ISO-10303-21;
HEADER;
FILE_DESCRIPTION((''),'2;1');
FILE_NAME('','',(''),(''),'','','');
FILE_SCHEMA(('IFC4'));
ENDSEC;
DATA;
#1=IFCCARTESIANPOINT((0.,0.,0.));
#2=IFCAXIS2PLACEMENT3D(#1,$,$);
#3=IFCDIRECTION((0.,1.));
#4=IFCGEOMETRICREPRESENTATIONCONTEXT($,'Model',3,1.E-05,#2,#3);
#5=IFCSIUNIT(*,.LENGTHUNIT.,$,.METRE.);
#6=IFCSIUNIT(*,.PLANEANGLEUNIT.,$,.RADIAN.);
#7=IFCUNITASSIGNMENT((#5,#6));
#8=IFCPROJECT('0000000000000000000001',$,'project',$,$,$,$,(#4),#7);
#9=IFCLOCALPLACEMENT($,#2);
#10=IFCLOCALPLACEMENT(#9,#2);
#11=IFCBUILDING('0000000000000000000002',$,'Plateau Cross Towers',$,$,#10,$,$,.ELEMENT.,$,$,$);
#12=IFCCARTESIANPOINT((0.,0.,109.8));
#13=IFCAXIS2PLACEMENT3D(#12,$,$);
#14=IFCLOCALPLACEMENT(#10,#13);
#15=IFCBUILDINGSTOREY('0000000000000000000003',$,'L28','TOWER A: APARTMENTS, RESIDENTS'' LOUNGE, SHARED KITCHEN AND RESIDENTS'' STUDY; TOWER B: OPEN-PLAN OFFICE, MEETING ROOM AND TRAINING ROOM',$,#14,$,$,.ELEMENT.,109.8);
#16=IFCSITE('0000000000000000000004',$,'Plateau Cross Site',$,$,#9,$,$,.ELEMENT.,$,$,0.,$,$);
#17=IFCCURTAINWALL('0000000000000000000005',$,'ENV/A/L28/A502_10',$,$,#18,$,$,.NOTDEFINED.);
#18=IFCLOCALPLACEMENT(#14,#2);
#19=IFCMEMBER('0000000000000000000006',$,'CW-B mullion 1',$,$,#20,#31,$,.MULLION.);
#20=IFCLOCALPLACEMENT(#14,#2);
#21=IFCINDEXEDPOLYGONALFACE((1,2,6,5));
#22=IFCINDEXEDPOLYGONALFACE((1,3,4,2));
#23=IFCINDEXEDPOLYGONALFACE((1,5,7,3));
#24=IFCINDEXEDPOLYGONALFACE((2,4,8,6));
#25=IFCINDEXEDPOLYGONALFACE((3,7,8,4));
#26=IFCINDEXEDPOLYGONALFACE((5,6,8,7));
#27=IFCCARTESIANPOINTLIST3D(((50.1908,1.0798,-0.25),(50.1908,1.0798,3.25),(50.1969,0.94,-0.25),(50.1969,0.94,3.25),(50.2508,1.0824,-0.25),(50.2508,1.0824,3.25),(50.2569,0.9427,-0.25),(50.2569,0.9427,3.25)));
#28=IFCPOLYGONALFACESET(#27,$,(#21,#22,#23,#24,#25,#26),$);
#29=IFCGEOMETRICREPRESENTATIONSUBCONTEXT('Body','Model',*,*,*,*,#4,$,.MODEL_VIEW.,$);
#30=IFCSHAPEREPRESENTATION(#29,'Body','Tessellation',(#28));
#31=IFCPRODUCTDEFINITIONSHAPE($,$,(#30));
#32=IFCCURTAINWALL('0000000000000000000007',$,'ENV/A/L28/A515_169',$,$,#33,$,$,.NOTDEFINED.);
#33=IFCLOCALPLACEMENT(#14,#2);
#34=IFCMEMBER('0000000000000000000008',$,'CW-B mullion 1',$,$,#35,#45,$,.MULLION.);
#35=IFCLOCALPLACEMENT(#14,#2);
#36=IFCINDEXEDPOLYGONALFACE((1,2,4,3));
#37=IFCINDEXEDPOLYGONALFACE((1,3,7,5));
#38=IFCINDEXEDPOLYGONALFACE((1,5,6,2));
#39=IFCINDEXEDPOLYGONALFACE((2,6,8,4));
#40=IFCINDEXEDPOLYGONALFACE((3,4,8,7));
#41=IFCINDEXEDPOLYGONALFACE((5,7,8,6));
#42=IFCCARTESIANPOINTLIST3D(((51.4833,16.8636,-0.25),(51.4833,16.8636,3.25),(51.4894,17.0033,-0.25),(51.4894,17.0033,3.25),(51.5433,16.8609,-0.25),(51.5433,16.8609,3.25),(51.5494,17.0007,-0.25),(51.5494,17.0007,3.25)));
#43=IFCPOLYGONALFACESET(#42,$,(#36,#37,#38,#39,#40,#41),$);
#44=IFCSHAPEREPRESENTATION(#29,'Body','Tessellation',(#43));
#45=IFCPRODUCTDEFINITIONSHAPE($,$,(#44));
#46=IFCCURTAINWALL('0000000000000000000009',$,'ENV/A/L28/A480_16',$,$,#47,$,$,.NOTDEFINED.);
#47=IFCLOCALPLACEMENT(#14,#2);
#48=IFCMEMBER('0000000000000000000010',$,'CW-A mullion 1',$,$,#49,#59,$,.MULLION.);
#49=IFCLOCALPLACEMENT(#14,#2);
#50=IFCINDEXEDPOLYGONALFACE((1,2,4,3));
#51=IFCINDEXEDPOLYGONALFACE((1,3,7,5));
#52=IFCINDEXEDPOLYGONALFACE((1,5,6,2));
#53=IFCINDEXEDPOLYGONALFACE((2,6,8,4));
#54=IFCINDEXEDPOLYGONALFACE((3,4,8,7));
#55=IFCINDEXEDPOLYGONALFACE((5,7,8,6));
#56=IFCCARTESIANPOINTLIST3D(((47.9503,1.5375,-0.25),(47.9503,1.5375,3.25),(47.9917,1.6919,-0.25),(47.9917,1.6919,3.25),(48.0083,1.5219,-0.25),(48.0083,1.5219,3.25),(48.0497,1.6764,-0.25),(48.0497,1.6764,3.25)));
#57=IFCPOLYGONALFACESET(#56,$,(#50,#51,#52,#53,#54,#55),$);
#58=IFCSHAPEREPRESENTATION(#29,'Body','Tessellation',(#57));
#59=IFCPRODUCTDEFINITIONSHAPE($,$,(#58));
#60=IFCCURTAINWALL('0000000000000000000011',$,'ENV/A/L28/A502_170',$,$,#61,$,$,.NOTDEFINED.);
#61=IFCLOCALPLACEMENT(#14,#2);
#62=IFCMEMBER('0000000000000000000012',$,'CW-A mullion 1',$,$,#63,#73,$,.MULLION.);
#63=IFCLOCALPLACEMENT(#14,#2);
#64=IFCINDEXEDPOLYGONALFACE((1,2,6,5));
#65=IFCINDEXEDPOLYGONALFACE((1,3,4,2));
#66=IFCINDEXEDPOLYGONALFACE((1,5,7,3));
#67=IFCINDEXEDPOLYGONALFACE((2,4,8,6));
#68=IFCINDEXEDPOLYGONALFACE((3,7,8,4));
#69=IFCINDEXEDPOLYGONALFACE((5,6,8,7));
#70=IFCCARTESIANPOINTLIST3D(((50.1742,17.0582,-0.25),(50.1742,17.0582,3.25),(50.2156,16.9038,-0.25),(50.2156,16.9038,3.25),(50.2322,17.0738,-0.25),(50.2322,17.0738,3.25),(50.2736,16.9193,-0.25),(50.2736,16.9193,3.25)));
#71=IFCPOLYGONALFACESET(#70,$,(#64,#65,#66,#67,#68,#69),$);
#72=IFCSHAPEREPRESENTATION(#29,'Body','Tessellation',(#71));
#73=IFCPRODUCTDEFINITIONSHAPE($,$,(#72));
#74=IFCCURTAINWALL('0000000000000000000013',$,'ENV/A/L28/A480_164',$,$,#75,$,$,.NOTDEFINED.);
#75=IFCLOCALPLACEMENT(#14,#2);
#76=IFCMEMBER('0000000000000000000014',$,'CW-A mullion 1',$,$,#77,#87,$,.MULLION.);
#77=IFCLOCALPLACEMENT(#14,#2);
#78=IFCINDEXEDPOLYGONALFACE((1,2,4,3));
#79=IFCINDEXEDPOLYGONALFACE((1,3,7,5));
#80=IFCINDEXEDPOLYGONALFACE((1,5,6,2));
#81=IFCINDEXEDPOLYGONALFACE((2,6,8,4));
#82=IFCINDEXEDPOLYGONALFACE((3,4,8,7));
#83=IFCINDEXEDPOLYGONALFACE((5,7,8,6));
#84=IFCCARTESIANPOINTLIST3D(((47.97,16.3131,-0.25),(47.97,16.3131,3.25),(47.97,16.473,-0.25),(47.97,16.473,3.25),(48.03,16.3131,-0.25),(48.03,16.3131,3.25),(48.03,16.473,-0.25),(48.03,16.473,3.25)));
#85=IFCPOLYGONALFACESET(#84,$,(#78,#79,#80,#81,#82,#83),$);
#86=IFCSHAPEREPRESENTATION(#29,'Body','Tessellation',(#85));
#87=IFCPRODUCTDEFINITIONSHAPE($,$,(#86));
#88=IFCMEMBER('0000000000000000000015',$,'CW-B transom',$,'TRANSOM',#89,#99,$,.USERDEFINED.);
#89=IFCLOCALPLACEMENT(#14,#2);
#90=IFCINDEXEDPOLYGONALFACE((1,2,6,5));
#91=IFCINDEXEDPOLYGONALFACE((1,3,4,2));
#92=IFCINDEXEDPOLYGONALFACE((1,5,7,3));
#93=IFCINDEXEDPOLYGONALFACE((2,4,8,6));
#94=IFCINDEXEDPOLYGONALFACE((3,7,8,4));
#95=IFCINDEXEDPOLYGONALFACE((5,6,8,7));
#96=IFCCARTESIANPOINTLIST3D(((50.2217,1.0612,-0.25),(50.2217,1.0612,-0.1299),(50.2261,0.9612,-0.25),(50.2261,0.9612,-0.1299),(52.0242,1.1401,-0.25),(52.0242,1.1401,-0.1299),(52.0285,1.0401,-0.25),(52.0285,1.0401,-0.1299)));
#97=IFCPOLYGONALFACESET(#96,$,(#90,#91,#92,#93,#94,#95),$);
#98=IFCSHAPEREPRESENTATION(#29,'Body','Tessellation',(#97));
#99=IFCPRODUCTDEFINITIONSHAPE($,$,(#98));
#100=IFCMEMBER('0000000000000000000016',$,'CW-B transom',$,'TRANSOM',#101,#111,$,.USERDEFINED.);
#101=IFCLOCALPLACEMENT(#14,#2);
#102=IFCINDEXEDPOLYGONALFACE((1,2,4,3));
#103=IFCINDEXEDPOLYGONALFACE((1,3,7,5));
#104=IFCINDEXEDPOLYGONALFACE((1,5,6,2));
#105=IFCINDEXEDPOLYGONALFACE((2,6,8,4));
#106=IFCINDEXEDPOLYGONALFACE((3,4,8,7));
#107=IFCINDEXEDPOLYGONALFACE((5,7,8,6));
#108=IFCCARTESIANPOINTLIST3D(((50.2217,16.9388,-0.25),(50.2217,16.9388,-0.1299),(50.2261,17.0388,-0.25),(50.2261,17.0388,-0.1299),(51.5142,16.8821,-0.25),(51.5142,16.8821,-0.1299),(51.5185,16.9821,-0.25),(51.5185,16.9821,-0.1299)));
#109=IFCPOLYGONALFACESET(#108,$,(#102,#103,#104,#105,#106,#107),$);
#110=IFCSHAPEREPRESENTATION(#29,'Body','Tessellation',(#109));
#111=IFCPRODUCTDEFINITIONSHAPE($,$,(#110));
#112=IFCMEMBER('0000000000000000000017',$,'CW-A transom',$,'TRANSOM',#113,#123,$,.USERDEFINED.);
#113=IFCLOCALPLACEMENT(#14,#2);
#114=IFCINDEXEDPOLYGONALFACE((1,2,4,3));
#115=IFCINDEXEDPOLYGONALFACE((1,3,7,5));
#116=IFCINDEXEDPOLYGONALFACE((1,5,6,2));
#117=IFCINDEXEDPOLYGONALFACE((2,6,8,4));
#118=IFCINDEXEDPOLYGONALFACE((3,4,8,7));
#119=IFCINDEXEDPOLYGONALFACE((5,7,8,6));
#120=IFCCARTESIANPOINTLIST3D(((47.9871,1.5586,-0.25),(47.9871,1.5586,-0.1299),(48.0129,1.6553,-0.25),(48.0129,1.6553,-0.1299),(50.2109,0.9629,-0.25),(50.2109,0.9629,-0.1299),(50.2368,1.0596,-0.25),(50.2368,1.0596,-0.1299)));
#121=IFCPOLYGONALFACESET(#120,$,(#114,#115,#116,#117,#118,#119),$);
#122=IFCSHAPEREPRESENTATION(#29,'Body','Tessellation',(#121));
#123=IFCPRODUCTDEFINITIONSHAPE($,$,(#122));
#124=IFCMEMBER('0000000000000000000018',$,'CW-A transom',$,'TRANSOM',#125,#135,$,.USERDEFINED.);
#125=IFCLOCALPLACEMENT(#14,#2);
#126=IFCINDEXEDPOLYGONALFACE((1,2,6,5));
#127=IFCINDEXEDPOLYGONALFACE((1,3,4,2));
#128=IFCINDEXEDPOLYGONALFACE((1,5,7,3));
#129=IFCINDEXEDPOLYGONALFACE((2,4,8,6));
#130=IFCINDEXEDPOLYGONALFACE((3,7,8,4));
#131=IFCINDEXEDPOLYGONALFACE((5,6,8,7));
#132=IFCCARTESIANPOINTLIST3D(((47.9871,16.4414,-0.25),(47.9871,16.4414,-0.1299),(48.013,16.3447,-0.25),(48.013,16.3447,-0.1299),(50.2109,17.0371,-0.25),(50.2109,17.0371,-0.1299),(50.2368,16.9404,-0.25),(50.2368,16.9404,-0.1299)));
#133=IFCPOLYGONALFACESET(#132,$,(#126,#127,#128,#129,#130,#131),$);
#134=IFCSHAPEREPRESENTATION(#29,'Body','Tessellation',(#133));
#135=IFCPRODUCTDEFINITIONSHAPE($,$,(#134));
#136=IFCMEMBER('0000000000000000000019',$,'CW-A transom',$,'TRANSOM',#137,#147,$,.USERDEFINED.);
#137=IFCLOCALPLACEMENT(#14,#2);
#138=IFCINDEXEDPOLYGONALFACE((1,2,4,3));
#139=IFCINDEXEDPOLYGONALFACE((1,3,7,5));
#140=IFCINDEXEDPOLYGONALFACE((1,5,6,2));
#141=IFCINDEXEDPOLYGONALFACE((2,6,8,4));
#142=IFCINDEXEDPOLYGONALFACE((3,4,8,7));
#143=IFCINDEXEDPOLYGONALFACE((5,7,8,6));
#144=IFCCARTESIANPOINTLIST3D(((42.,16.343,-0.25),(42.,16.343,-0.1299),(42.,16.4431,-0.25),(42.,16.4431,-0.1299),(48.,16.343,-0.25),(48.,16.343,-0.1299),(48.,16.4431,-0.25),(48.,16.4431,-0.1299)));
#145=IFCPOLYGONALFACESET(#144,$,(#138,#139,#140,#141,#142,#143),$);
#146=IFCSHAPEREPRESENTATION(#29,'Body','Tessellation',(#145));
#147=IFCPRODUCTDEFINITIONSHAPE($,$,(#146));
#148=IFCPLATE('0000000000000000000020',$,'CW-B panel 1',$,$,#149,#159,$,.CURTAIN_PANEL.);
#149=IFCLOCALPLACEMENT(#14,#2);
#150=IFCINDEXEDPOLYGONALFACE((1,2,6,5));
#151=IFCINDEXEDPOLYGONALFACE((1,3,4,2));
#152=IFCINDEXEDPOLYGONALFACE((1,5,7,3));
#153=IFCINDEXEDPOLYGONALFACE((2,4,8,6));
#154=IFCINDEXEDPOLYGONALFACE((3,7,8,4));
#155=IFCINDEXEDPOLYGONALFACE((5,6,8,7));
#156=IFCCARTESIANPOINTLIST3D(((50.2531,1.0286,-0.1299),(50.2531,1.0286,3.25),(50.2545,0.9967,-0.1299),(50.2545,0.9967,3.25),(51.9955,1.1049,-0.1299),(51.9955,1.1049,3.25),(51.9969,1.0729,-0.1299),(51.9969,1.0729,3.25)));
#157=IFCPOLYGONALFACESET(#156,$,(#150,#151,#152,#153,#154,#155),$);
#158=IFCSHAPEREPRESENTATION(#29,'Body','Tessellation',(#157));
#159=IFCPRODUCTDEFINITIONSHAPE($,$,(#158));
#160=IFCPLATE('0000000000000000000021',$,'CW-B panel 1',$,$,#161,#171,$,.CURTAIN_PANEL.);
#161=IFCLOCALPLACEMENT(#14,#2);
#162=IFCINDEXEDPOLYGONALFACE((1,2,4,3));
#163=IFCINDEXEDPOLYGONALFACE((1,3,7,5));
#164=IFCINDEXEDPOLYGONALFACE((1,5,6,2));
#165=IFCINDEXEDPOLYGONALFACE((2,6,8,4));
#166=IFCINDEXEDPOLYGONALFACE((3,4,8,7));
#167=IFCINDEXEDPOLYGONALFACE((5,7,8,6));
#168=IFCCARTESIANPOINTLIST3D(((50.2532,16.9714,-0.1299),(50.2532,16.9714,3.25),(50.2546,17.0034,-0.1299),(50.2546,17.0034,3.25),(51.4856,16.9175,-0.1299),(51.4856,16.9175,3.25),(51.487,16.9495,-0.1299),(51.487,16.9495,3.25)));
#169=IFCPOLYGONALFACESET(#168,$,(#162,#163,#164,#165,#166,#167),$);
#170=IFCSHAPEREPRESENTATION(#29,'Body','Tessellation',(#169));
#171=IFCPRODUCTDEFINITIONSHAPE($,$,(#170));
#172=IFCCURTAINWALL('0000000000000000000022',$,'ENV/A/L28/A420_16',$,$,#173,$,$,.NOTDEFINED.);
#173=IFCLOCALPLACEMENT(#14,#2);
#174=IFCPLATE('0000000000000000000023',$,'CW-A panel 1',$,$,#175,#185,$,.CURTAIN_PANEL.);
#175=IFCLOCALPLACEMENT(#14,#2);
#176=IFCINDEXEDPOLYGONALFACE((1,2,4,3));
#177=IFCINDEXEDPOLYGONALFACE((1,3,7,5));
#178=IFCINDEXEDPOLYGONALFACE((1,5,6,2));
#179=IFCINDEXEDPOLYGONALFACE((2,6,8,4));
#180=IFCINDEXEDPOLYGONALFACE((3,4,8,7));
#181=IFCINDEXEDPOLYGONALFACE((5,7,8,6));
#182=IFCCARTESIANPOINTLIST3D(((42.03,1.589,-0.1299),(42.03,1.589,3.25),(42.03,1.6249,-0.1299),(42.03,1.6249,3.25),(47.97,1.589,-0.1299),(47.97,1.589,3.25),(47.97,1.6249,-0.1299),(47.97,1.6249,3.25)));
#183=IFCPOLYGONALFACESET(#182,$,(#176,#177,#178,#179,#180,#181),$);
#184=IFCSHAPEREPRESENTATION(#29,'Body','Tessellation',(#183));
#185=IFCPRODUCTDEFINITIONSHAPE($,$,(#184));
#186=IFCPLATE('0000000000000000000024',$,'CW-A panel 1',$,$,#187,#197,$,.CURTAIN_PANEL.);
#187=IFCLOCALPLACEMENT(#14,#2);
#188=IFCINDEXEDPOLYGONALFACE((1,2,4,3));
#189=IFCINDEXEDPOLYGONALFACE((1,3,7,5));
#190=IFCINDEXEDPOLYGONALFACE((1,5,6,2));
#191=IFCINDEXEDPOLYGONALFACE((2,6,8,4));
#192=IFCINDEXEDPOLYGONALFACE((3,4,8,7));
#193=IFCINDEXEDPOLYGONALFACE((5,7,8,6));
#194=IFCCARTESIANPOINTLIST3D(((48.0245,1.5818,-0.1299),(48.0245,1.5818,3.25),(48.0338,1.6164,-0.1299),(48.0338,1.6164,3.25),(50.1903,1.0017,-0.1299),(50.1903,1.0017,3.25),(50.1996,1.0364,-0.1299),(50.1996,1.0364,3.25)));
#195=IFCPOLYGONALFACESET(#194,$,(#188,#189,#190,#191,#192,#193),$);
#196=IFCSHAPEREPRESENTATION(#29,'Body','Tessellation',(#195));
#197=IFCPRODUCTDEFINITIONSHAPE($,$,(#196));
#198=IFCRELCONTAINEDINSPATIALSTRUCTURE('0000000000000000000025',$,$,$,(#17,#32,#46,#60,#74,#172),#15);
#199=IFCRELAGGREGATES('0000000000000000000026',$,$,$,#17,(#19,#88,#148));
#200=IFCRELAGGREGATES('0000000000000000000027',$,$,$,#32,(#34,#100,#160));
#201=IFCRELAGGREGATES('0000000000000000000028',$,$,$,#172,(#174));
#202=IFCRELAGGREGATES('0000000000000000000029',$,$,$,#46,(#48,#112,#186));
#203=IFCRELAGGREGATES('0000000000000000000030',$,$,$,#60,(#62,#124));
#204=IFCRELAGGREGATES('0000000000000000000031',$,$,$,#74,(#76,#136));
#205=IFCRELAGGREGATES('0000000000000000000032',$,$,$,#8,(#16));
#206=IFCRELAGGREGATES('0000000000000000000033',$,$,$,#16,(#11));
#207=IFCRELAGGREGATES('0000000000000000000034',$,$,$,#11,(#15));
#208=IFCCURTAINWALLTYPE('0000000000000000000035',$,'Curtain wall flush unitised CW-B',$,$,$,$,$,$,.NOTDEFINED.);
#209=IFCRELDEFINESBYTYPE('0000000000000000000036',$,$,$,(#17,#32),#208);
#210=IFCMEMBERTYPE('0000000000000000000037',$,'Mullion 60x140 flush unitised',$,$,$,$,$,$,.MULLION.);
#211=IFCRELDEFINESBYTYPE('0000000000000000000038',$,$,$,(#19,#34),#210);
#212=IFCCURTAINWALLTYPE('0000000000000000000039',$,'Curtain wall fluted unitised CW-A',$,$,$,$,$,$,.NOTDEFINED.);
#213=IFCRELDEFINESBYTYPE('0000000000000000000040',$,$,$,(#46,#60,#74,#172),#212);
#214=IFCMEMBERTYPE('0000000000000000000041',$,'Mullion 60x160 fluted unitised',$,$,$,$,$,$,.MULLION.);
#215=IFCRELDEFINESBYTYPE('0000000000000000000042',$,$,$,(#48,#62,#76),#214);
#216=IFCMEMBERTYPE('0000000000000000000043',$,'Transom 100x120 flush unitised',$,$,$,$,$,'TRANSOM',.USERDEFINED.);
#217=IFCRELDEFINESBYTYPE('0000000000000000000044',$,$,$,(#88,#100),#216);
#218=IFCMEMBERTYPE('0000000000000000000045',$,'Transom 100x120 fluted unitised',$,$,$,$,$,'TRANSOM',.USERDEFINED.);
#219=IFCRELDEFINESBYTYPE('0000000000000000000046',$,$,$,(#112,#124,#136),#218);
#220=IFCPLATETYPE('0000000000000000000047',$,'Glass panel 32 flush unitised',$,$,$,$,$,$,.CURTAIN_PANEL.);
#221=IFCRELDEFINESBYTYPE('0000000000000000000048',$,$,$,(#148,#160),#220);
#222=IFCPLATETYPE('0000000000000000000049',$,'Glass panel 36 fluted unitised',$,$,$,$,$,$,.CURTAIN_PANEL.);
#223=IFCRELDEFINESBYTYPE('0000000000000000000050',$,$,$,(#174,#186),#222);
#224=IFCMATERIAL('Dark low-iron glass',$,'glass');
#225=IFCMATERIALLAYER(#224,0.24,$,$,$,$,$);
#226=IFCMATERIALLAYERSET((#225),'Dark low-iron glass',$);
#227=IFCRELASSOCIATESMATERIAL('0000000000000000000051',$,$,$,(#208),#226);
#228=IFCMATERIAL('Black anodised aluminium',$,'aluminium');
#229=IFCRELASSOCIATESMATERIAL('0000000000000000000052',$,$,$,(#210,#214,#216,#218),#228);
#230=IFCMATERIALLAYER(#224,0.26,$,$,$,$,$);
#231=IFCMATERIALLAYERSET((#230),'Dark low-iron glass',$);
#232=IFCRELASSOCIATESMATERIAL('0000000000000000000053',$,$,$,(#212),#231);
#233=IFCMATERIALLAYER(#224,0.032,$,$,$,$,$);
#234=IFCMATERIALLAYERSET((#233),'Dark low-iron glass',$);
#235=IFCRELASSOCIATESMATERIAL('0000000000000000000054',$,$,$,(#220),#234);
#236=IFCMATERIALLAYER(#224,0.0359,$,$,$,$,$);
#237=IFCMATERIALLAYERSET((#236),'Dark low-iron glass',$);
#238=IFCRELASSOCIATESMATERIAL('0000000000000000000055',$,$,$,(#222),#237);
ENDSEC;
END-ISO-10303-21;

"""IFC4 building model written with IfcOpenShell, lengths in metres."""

from ifc_helpers import new_model, si_unit, direction, frame, origin, origin_2d, place, context, subcontext, project, spatial, rectangle, extrude, material, layer, layer_set, material_profile, profile_set, type_object, element, aggregate, save


model = new_model("IFC4")

# Units and contexts
model_context = context("Model", 3, precision=1e-05, world=origin(), true_north=direction((0.0, 1.0)))
body_context = subcontext(model_context, "Body", "Model", "MODEL_VIEW")
ifc_project = project(units=[si_unit("LENGTHUNIT", "METRE"), si_unit("PLANEANGLEUNIT", "RADIAN")], contexts=[model_context])

# Site, building, storey
site_placement = place(None, origin())
site = spatial("IfcSite", under=ifc_project, at=site_placement, Name="Plateau Cross Site", CompositionType="ELEMENT", RefElevation=0.0)
building_placement = place(site_placement, origin())
building = spatial("IfcBuilding", under=site, at=building_placement, Name="Plateau Cross Towers", CompositionType="ELEMENT")
storey_placement = place(building_placement, frame((0.0, 0.0, 109.8)))
storey = spatial("IfcBuildingStorey", under=building, at=storey_placement, Name="L28", Description="TOWER A: APARTMENTS, RESIDENTS' LOUNGE, SHARED KITCHEN AND RESIDENTS' STUDY; TOWER B: OPEN-PLAN OFFICE, MEETING ROOM AND TRAINING ROOM", CompositionType="ELEMENT", Elevation=109.8)

# Curtain walls, members
ifc_material_1 = material(Name="Dark low-iron glass", Category="glass")
ifc_layer_1 = layer(ifc_material_1, 0.24)
ifc_layer_set_1 = layer_set([ifc_layer_1], Name="Dark low-iron glass")
curtain_wall_type_1 = type_object("IfcCurtainWallType", Name="Curtain wall flush unitised CW-B", PredefinedType="NOTDEFINED", material=ifc_layer_set_1)
curtain_wall_1_placement = place(storey_placement, origin())
curtain_wall_1 = element("IfcCurtainWall", 1, at=curtain_wall_1_placement, inside=storey, type_object=curtain_wall_type_1, Name="ENV/A/L28/A502_10", PredefinedType="NOTDEFINED")
ifc_material_2 = material(Name="Black anodised aluminium", Category="aluminium")
ifc_material_profile_1 = material_profile(ifc_material_2, rectangle(XDim=0.0601, YDim=0.1399, at=origin_2d()), Name="MULLION 60x140")
ifc_profile_set_1 = profile_set([ifc_material_profile_1], Name="Black anodised aluminium")
member_type_1 = type_object("IfcMemberType", Name="Mullion 60x140 flush unitised", PredefinedType="MULLION", material=ifc_profile_set_1)
member_1_placement = place(storey_placement, frame((50.2239, 1.0112, -0.25), z_axis=(0.0, 0.0, 1.0), x_axis=(0.999044, 0.043723, 0.0)))
member_1 = element("IfcMember", 2, at=member_1_placement, type_object=member_type_1, Name="CW-B mullion 1", PredefinedType="MULLION", context=body_context, shape_type="SweptSolid", body=[
    extrude(rectangle(XDim=0.0601, YDim=0.1399, at=origin_2d()), origin(), (0.0, 0.0, 1.0), 3.5),
])
curtain_wall_2_placement = place(storey_placement, origin())
curtain_wall_2 = element("IfcCurtainWall", 3, at=curtain_wall_2_placement, inside=storey, type_object=curtain_wall_type_1, Name="ENV/A/L28/A515_169", PredefinedType="NOTDEFINED")
member_2_placement = place(storey_placement, frame((51.5164, 16.9321, -0.25), z_axis=(0.0, 0.0, 1.0), x_axis=(-0.999044, 0.043723, 0.0)))
member_2 = element("IfcMember", 4, at=member_2_placement, type_object=member_type_1, Name="CW-B mullion 1", PredefinedType="MULLION", context=body_context, shape_type="SweptSolid", body=[
    extrude(rectangle(XDim=0.0601, YDim=0.1399, at=origin_2d()), origin(), (0.0, 0.0, 1.0), 3.5),
])
ifc_layer_2 = layer(ifc_material_1, 0.26)
ifc_layer_set_2 = layer_set([ifc_layer_2], Name="Dark low-iron glass")
curtain_wall_type_2 = type_object("IfcCurtainWallType", Name="Curtain wall fluted unitised CW-A", PredefinedType="NOTDEFINED", material=ifc_layer_set_2)
curtain_wall_3_placement = place(storey_placement, origin())
curtain_wall_3 = element("IfcCurtainWall", 5, at=curtain_wall_3_placement, inside=storey, type_object=curtain_wall_type_2, Name="ENV/A/L28/A480_16", PredefinedType="NOTDEFINED")
ifc_material_profile_2 = material_profile(ifc_material_2, rectangle(XDim=0.0601, YDim=0.1599, at=origin_2d()), Name="MULLION 60x160")
ifc_profile_set_2 = profile_set([ifc_material_profile_2], Name="Black anodised aluminium")
member_type_2 = type_object("IfcMemberType", Name="Mullion 60x160 fluted unitised", PredefinedType="MULLION", material=ifc_profile_set_2)
member_3_placement = place(storey_placement, frame((48.0, 1.6069, -0.25), z_axis=(0.0, 0.0, 1.0), x_axis=(0.965958, -0.258699, 0.0)))
member_3 = element("IfcMember", 6, at=member_3_placement, type_object=member_type_2, Name="CW-A mullion 1", PredefinedType="MULLION", context=body_context, shape_type="SweptSolid", body=[
    extrude(rectangle(XDim=0.0601, YDim=0.1599, at=origin_2d()), origin(), (0.0, 0.0, 1.0), 3.5),
])
curtain_wall_4_placement = place(storey_placement, origin())
curtain_wall_4 = element("IfcCurtainWall", 7, at=curtain_wall_4_placement, inside=storey, type_object=curtain_wall_type_2, Name="ENV/A/L28/A502_170", PredefinedType="NOTDEFINED")
member_4_placement = place(storey_placement, frame((50.2239, 16.9888, -0.25), z_axis=(0.0, 0.0, 1.0), x_axis=(-0.965958, -0.258699, 0.0)))
member_4 = element("IfcMember", 8, at=member_4_placement, type_object=member_type_2, Name="CW-A mullion 1", PredefinedType="MULLION", context=body_context, shape_type="SweptSolid", body=[
    extrude(rectangle(XDim=0.0601, YDim=0.1599, at=origin_2d()), origin(), (0.0, 0.0, 1.0), 3.5),
])
curtain_wall_5_placement = place(storey_placement, origin())
curtain_wall_5 = element("IfcCurtainWall", 9, at=curtain_wall_5_placement, inside=storey, type_object=curtain_wall_type_2, Name="ENV/A/L28/A480_164", PredefinedType="NOTDEFINED")
member_5_placement = place(storey_placement, frame((48.0, 16.3931, -0.25), z_axis=(0.0, 0.0, 1.0), x_axis=(-1.0, 0.0, 0.0)))
member_5 = element("IfcMember", 10, at=member_5_placement, type_object=member_type_2, Name="CW-A mullion 1", PredefinedType="MULLION", context=body_context, shape_type="SweptSolid", body=[
    extrude(rectangle(XDim=0.0601, YDim=0.1599, at=origin_2d()), origin(), (0.0, 0.0, 1.0), 3.5),
])

# Members
ifc_material_profile_3 = material_profile(ifc_material_2, rectangle(XDim=0.1001, YDim=0.1201, at=origin_2d()), Name="TRANSOM 100x120")
ifc_profile_set_3 = profile_set([ifc_material_profile_3], Name="Black anodised aluminium")
member_type_3 = type_object("IfcMemberType", Name="Transom 100x120 flush unitised", ElementType="TRANSOM", PredefinedType="USERDEFINED", material=ifc_profile_set_3)
member_6_placement = place(storey_placement, frame((50.2239, 1.0112, -0.1899), z_axis=(0.999044, 0.043707, 0.0), x_axis=(-0.043707, 0.999044, 0.0)))
member_6 = element("IfcMember", 11, at=member_6_placement, type_object=member_type_3, Name="CW-B transom", ObjectType="TRANSOM", PredefinedType="USERDEFINED", context=body_context, shape_type="SweptSolid", body=[
    extrude(rectangle(XDim=0.1001, YDim=0.1201, at=origin_2d()), origin(), (0.0, 0.0, 1.0), 1.8042),
])
member_7_placement = place(storey_placement, frame((51.5164, 16.9321, -0.1899), z_axis=(-0.999041, 0.043781, 0.0), x_axis=(-0.043781, -0.999041, 0.0)))
member_7 = element("IfcMember", 12, at=member_7_placement, type_object=member_type_3, Name="CW-B transom", ObjectType="TRANSOM", PredefinedType="USERDEFINED", context=body_context, shape_type="SweptSolid", body=[
    extrude(rectangle(XDim=0.1001, YDim=0.1201, at=origin_2d()), origin(), (0.0, 0.0, 1.0), 1.2937),
])
ifc_material_profile_4 = material_profile(ifc_material_2, rectangle(XDim=0.1001, YDim=0.1201, at=origin_2d()), Name="TRANSOM 100x120")
ifc_profile_set_4 = profile_set([ifc_material_profile_4], Name="Black anodised aluminium")
member_type_4 = type_object("IfcMemberType", Name="Transom 100x120 fluted unitised", ElementType="TRANSOM", PredefinedType="USERDEFINED", material=ifc_profile_set_4)
member_8_placement = place(storey_placement, frame((48.0, 1.6069, -0.1899), z_axis=(0.965946, -0.258745, 0.0), x_axis=(0.258745, 0.965946, 0.0)))
member_8 = element("IfcMember", 13, at=member_8_placement, type_object=member_type_4, Name="CW-A transom", ObjectType="TRANSOM", PredefinedType="USERDEFINED", context=body_context, shape_type="SweptSolid", body=[
    extrude(rectangle(XDim=0.1001, YDim=0.1201, at=origin_2d()), origin(), (0.0, 0.0, 1.0), 2.3022),
])
member_9_placement = place(storey_placement, frame((50.2239, 16.9888, -0.1899), z_axis=(-0.965946, -0.258745, 0.0), x_axis=(0.258745, -0.965946, 0.0)))
member_9 = element("IfcMember", 14, at=member_9_placement, type_object=member_type_4, Name="CW-A transom", ObjectType="TRANSOM", PredefinedType="USERDEFINED", context=body_context, shape_type="SweptSolid", body=[
    extrude(rectangle(XDim=0.1001, YDim=0.1201, at=origin_2d()), origin(), (0.0, 0.0, 1.0), 2.3022),
])
member_10_placement = place(storey_placement, frame((48.0, 16.3931, -0.1899), z_axis=(-1.0, 0.0, 0.0), x_axis=(0.0, -1.0, 0.0)))
member_10 = element("IfcMember", 15, at=member_10_placement, type_object=member_type_4, Name="CW-A transom", ObjectType="TRANSOM", PredefinedType="USERDEFINED", context=body_context, shape_type="SweptSolid", body=[
    extrude(rectangle(XDim=0.1001, YDim=0.1201, at=origin_2d()), origin(), (0.0, 0.0, 1.0), 6.0),
])

# Plates
ifc_layer_3 = layer(ifc_material_1, 0.032)
ifc_layer_set_3 = layer_set([ifc_layer_3], Name="Dark low-iron glass")
plate_type_1 = type_object("IfcPlateType", Name="Glass panel 32 flush unitised", PredefinedType="CURTAIN_PANEL", material=ifc_layer_set_3)
plate_1_placement = place(storey_placement, frame((51.125, 1.0508, -0.1299), z_axis=(0.0, 0.0, 1.0), x_axis=(0.999044, 0.043723, 0.0)))
plate_1 = element("IfcPlate", 16, at=plate_1_placement, type_object=plate_type_1, Name="CW-B panel 1", PredefinedType="CURTAIN_PANEL", context=body_context, shape_type="SweptSolid", body=[
    extrude(rectangle(XDim=1.7441, YDim=0.032, at=origin_2d()), origin(), (0.0, 0.0, 1.0), 3.3799),
])
aggregate(curtain_wall_1, [member_1, member_6, plate_1])
plate_2_placement = place(storey_placement, frame((50.8701, 16.9604, -0.1299), z_axis=(0.0, 0.0, 1.0), x_axis=(-0.999044, 0.043723, 0.0)))
plate_2 = element("IfcPlate", 17, at=plate_2_placement, type_object=plate_type_1, Name="CW-B panel 1", PredefinedType="CURTAIN_PANEL", context=body_context, shape_type="SweptSolid", body=[
    extrude(rectangle(XDim=1.2336, YDim=0.032, at=origin_2d()), origin(), (0.0, 0.0, 1.0), 3.3799),
])
aggregate(curtain_wall_2, [member_2, member_7, plate_2])

# Curtain wall, plate
curtain_wall_6_placement = place(storey_placement, origin())
curtain_wall_6 = element("IfcCurtainWall", 18, at=curtain_wall_6_placement, inside=storey, type_object=curtain_wall_type_2, Name="ENV/A/L28/A420_16", PredefinedType="NOTDEFINED")
ifc_layer_4 = layer(ifc_material_1, 0.0359)
ifc_layer_set_4 = layer_set([ifc_layer_4], Name="Dark low-iron glass")
plate_type_2 = type_object("IfcPlateType", Name="Glass panel 36 fluted unitised", PredefinedType="CURTAIN_PANEL", material=ifc_layer_set_4)
plate_3_placement = place(storey_placement, frame((45.0, 1.6069, -0.1299), z_axis=(0.0, 0.0, 1.0), x_axis=(1.0, 0.0, 0.0)))
plate_3 = element("IfcPlate", 19, at=plate_3_placement, type_object=plate_type_2, Name="CW-A panel 1", PredefinedType="CURTAIN_PANEL", context=body_context, shape_type="SweptSolid", body=[
    extrude(rectangle(XDim=5.9399, YDim=0.0359, at=origin_2d()), origin(), (0.0, 0.0, 1.0), 3.3799),
])
aggregate(curtain_wall_6, [plate_3])

# Plate
plate_4_placement = place(storey_placement, frame((49.1121, 1.3091, -0.1299), z_axis=(0.0, 0.0, 1.0), x_axis=(0.965958, -0.258699, 0.0)))
plate_4 = element("IfcPlate", 20, at=plate_4_placement, type_object=plate_type_2, Name="CW-A panel 1", PredefinedType="CURTAIN_PANEL", context=body_context, shape_type="SweptSolid", body=[
    extrude(rectangle(XDim=2.2422, YDim=0.0359, at=origin_2d()), origin(), (0.0, 0.0, 1.0), 3.3799),
])
aggregate(curtain_wall_3, [member_3, member_8, plate_4])
aggregate(curtain_wall_4, [member_4, member_9])
aggregate(curtain_wall_5, [member_5, member_10])

save(model, "model.ifc")
